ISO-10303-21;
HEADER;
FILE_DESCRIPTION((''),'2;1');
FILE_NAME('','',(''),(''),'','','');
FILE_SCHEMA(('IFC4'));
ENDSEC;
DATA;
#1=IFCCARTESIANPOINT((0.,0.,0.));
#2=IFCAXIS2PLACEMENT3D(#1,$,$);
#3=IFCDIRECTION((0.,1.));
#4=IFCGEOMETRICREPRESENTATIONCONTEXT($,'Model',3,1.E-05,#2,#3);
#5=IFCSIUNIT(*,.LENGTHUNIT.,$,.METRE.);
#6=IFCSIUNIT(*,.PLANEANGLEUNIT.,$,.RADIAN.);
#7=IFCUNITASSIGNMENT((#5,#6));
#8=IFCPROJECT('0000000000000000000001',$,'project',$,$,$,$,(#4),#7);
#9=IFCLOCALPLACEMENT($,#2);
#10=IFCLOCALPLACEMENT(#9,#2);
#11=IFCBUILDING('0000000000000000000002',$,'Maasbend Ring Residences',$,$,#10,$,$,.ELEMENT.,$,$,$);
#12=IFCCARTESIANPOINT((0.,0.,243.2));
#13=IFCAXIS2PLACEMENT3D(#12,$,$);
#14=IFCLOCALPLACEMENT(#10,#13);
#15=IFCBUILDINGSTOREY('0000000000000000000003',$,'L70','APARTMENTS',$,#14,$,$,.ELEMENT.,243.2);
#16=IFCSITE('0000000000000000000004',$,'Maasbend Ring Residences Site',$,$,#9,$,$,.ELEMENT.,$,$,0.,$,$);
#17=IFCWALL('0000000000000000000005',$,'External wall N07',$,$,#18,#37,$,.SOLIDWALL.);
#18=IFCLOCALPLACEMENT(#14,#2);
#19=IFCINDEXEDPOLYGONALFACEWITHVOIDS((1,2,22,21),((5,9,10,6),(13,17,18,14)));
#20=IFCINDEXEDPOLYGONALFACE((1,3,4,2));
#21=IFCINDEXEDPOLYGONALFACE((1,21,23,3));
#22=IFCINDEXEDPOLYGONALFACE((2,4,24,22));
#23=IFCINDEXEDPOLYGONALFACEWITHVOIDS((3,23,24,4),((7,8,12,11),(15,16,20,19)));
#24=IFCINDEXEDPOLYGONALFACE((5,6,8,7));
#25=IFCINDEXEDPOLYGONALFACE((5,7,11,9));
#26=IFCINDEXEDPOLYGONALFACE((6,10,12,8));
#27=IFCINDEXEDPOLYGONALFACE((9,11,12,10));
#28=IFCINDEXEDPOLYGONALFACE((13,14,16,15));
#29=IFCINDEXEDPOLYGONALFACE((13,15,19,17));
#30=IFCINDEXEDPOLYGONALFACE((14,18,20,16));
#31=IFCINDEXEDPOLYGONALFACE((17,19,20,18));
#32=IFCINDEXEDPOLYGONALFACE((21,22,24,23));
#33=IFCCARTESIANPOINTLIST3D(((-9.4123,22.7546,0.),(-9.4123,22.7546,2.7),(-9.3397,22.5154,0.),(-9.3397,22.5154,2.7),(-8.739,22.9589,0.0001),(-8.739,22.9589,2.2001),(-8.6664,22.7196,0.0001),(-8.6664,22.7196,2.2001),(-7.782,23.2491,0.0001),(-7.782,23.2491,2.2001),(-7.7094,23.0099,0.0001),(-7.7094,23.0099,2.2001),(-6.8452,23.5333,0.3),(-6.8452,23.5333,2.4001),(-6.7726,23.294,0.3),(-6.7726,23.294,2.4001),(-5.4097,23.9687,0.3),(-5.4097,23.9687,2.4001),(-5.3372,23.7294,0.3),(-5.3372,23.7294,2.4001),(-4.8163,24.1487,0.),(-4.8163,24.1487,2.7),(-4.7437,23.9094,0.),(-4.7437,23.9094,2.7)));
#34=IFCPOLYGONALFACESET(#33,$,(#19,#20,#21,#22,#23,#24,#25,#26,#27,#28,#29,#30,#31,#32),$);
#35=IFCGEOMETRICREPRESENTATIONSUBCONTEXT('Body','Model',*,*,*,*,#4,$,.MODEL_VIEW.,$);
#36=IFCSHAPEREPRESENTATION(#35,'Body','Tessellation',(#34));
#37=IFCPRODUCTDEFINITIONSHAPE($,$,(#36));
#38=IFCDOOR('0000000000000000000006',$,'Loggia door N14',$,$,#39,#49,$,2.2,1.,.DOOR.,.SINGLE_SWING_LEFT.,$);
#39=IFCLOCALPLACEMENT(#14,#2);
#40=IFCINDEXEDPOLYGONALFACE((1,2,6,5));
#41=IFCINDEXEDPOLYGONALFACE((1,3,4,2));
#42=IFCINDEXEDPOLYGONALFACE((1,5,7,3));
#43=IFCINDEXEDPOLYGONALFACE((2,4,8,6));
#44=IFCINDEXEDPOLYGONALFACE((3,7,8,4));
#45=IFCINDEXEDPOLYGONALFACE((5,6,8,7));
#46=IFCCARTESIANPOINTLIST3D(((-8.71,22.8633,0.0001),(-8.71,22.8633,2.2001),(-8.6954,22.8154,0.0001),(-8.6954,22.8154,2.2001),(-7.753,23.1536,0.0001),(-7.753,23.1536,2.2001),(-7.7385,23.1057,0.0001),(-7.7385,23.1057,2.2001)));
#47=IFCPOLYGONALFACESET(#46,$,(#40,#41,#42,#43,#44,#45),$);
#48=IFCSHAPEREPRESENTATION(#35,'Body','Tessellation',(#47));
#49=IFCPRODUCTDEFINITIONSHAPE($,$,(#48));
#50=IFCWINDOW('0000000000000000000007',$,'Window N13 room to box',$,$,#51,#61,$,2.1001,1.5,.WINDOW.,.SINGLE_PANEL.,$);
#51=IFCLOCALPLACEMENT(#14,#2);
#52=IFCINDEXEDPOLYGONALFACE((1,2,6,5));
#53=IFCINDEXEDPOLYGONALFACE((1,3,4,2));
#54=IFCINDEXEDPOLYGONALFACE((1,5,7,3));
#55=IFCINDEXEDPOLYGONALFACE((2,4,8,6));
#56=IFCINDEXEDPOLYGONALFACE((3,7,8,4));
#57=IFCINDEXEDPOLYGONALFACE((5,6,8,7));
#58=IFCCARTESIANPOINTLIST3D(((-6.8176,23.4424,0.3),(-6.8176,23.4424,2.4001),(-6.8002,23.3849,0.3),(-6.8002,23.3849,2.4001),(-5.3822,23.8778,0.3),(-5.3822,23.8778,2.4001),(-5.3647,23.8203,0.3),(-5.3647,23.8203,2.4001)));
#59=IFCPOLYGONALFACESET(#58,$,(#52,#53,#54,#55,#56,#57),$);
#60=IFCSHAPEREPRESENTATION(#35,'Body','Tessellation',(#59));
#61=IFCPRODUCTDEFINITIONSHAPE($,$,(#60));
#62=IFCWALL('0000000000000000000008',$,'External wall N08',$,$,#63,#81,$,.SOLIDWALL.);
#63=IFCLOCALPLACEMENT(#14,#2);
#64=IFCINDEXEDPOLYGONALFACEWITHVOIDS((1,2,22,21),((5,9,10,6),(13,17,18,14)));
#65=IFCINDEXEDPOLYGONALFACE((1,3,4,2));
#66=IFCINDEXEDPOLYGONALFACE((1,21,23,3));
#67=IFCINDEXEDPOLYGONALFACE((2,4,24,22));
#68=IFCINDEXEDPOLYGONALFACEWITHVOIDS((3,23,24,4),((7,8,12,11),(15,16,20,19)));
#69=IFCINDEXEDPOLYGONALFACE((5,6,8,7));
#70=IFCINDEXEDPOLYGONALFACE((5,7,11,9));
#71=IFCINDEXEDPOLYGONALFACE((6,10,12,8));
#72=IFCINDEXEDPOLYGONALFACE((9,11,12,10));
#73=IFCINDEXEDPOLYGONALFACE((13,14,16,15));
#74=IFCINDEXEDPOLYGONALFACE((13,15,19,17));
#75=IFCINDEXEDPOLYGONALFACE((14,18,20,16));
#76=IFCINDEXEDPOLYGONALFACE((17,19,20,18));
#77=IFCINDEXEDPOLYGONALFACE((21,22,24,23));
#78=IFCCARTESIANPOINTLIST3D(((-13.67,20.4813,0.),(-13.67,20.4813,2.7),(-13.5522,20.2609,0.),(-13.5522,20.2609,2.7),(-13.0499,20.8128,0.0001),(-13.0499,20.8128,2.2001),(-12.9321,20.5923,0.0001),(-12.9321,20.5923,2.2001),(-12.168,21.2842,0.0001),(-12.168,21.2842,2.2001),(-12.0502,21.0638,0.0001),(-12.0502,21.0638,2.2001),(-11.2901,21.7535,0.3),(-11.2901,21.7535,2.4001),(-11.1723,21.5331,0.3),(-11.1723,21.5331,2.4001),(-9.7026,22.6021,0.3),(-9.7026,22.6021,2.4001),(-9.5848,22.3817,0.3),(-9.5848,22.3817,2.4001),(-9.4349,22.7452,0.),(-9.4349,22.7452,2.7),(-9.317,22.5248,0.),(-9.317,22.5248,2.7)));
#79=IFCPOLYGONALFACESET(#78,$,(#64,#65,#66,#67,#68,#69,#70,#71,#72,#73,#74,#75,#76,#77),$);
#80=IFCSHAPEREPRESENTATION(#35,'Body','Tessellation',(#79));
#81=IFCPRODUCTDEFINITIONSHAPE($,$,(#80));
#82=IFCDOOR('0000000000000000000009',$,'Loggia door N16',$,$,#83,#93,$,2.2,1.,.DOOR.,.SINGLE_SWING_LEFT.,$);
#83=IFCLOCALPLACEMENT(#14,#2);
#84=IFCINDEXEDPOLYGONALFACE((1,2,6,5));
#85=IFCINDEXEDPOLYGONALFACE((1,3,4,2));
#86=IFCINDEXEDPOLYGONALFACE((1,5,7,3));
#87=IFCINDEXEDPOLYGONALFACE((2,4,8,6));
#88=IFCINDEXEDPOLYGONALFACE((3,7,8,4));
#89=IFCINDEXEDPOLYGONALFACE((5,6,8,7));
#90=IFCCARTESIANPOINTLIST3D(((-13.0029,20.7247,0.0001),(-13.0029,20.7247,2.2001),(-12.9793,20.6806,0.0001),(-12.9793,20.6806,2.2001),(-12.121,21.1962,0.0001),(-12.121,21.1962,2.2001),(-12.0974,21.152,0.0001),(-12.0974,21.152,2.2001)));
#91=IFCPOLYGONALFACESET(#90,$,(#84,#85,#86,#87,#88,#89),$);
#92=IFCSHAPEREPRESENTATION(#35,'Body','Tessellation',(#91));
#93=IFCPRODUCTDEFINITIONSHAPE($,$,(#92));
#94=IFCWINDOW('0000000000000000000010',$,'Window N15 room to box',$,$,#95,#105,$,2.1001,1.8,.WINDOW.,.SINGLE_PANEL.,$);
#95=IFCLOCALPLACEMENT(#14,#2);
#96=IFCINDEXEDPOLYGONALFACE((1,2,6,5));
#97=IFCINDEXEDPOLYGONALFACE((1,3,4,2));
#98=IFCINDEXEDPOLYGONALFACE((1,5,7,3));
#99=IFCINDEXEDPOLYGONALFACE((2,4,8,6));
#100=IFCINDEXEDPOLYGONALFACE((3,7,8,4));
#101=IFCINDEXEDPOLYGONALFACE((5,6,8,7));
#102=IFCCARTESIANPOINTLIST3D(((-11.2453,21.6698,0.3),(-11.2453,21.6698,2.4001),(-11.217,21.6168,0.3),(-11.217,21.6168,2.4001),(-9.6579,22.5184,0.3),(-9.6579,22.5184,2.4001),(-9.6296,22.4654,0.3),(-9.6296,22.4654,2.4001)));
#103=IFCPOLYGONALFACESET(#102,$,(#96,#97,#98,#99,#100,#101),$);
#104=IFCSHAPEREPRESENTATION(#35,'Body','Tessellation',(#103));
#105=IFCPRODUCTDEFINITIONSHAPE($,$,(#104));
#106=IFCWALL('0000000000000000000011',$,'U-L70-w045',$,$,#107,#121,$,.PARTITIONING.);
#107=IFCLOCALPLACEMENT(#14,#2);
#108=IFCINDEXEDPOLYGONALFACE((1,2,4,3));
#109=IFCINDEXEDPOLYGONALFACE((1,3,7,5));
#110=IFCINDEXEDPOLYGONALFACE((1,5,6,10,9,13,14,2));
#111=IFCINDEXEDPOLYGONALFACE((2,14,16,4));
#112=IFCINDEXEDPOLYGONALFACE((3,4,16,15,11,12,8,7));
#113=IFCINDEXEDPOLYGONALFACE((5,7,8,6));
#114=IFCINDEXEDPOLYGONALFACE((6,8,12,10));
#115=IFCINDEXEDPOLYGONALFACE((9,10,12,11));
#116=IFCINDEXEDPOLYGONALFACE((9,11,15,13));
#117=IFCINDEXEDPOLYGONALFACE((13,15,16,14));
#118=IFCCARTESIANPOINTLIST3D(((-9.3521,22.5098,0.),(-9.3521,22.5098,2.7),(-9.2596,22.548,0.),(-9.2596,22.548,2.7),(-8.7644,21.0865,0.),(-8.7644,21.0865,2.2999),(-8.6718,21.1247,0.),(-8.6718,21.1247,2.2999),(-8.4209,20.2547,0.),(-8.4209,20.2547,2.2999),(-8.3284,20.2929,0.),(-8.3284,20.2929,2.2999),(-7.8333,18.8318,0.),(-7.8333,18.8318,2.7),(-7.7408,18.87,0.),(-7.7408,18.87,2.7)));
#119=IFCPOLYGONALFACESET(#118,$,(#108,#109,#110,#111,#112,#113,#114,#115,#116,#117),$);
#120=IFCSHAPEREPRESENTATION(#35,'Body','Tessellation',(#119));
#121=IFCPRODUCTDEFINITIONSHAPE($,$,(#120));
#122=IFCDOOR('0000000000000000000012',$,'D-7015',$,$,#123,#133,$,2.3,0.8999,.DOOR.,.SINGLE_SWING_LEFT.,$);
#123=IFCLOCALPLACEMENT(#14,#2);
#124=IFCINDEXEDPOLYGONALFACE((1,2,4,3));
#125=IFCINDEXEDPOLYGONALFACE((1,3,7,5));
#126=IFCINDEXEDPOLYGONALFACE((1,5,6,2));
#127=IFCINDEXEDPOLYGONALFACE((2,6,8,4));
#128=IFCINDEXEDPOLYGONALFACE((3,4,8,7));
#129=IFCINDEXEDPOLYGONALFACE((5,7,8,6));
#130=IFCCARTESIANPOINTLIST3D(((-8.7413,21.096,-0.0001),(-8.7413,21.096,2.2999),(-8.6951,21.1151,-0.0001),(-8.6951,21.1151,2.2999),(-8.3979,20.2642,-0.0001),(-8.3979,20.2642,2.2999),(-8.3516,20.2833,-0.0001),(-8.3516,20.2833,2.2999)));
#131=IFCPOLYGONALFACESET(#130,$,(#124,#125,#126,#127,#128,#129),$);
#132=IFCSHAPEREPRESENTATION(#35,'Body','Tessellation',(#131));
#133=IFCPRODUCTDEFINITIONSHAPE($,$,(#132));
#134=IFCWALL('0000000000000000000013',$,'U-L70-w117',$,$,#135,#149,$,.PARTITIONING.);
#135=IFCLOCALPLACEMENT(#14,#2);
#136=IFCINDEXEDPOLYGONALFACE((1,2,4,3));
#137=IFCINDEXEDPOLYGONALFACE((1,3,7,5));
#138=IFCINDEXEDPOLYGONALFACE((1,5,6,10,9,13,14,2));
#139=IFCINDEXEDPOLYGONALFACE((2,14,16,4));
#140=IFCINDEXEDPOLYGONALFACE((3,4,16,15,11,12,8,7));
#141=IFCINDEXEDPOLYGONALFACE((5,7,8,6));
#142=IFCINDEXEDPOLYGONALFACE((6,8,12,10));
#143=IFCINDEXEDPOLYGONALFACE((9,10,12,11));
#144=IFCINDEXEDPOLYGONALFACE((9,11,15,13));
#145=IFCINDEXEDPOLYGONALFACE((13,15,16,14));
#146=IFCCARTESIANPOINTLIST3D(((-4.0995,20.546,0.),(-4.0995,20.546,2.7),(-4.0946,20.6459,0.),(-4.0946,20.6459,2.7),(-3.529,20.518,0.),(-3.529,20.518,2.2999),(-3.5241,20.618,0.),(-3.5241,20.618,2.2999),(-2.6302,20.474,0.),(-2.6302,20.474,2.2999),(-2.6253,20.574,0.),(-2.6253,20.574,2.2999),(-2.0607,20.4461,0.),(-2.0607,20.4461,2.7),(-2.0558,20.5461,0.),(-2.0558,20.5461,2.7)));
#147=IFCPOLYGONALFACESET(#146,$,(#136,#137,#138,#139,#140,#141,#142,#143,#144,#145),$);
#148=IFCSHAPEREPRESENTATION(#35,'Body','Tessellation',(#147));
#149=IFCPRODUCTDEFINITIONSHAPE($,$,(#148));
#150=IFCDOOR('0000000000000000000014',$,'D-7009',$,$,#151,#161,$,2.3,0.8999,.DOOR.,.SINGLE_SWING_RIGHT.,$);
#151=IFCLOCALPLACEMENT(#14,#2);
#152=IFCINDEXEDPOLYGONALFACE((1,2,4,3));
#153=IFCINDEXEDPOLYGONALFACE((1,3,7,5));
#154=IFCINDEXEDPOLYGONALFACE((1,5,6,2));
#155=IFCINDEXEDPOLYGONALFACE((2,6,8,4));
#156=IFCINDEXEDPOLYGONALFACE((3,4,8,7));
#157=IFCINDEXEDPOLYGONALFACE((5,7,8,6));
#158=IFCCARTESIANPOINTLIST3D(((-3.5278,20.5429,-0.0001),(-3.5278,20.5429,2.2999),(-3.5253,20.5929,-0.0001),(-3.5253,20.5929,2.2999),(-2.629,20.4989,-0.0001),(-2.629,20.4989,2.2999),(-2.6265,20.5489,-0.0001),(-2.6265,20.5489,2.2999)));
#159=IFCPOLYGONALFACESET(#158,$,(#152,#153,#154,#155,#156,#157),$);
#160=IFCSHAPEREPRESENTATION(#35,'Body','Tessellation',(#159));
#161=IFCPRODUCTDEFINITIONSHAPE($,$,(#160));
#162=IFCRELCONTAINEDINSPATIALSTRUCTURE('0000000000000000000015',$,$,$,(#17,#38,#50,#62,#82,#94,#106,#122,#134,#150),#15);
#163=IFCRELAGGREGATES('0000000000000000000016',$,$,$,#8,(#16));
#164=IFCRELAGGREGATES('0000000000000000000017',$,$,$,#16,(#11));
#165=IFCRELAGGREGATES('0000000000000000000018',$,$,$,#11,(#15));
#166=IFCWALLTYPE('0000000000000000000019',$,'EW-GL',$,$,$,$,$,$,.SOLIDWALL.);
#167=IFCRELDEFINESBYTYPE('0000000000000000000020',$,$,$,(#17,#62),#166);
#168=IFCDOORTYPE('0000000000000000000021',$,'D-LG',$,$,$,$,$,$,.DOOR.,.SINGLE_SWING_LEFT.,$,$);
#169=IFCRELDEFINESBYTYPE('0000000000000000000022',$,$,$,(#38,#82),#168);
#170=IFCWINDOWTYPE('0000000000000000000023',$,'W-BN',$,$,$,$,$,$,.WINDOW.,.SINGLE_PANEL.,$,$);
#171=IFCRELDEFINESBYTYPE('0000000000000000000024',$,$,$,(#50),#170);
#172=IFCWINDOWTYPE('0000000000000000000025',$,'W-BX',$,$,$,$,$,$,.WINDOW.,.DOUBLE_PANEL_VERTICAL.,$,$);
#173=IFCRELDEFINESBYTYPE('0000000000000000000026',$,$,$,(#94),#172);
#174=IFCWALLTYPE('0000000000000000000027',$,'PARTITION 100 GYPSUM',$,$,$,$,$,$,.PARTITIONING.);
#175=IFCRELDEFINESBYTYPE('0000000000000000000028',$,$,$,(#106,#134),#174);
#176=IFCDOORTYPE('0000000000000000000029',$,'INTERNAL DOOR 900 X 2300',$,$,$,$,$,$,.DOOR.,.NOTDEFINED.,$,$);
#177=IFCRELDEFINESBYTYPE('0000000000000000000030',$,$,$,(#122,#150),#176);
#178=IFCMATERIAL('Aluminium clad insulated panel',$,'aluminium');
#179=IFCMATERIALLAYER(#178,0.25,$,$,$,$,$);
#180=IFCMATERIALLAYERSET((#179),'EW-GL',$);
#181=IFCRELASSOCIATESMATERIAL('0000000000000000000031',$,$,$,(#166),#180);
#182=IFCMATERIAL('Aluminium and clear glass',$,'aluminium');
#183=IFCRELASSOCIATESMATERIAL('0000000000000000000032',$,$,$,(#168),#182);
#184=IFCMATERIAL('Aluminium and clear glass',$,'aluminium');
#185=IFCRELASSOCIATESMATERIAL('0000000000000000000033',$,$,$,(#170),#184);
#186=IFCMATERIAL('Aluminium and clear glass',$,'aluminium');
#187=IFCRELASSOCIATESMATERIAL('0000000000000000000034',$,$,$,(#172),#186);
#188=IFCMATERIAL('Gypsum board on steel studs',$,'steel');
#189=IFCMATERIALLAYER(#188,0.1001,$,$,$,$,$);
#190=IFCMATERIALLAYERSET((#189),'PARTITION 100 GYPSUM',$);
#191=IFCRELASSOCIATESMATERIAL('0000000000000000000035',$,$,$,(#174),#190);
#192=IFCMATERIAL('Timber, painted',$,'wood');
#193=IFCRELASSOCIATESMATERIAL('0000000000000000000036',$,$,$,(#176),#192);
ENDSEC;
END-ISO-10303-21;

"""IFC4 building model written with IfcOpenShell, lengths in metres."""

from ifc_helpers import new_model, si_unit, direction, frame, frame_2d, origin, place, context, subcontext, project, spatial, rectangle, extrude, material, layer, layer_set, type_object, element, fill, save


model = new_model("IFC4")

# Units and contexts
model_context = context("Model", 3, precision=1e-05, world=origin(), true_north=direction((0.0, 1.0)))
body_context = subcontext(model_context, "Body", "Model", "MODEL_VIEW")
ifc_project = project(units=[si_unit("LENGTHUNIT", "METRE"), si_unit("PLANEANGLEUNIT", "RADIAN")], contexts=[model_context])

# Site, building, storey
site_placement = place(None, origin())
site = spatial("IfcSite", under=ifc_project, at=site_placement, Name="Maasbend Ring Residences Site", CompositionType="ELEMENT", RefElevation=0.0)
building_placement = place(site_placement, origin())
building = spatial("IfcBuilding", under=site, at=building_placement, Name="Maasbend Ring Residences", CompositionType="ELEMENT")
storey_placement = place(building_placement, frame((0.0, 0.0, 243.2)))
storey = spatial("IfcBuildingStorey", under=building, at=storey_placement, Name="L70", Description="APARTMENTS", CompositionType="ELEMENT", Elevation=243.2)

# Walls, openings, doors, windows
ifc_material_1 = material(Name="Aluminium clad insulated panel", Category="aluminium")
ifc_layer_1 = layer(ifc_material_1, 0.25)
ifc_layer_set_1 = layer_set([ifc_layer_1], Name="EW-GL")
wall_type_1 = type_object("IfcWallType", Name="EW-GL", PredefinedType="SOLIDWALL", material=ifc_layer_set_1)
wall_1_placement = place(storey_placement, frame((-4.78, 24.0291, 0.0), z_axis=(0.0, 0.0, 1.0), x_axis=(-0.956947, -0.290261, 0.0)))
wall_1 = element("IfcWall", 1, at=wall_1_placement, inside=storey, type_object=wall_type_1, Name="External wall N07", PredefinedType="SOLIDWALL", context=body_context, shape_type="SweptSolid", body=[
    extrude(rectangle(XDim=4.8027, YDim=0.25, at=frame_2d((2.4014, 0.0))), origin(), (0.0, 0.0, 1.0), 2.7),
])
opening_1_placement = place(wall_1_placement, frame((0.6201, 0.0, 0.3)))
opening_1 = element("IfcOpeningElement", 2, at=opening_1_placement, cuts=wall_1, PredefinedType="OPENING", context=body_context, shape_type="SweptSolid", body=[
    extrude(rectangle(XDim=1.5, YDim=2.1001, at=frame_2d((0.75, 1.05))), frame((0.0, 0.135, 0.0), z_axis=(0.0, -1.0, 0.0), x_axis=(1.0, 0.0, 0.0)), (0.0, 0.0, 1.0), 0.27),
])
opening_2_placement = place(wall_1_placement, frame((3.0991, 0.0, 0.0)))
opening_2 = element("IfcOpeningElement", 3, at=opening_2_placement, cuts=wall_1, PredefinedType="OPENING", context=body_context, shape_type="SweptSolid", body=[
    extrude(rectangle(XDim=1.0, YDim=2.2, at=frame_2d((0.5, 1.1001))), frame((0.0, 0.135, 0.0), z_axis=(0.0, -1.0, 0.0), x_axis=(1.0, 0.0, 0.0)), (0.0, 0.0, 1.0), 0.27),
])
ifc_material_2 = material(Name="Aluminium and clear glass", Category="aluminium")
door_type_1 = type_object("IfcDoorType", Name="D-LG", OperationType="SINGLE_SWING_LEFT", PredefinedType="DOOR", material=ifc_material_2)
door_1_placement = place(opening_2_placement, origin())
door_1 = element("IfcDoor", 4, at=door_1_placement, inside=storey, type_object=door_type_1, Name="Loggia door N14", OperationType="SINGLE_SWING_LEFT", OverallHeight=2.2, OverallWidth=1.0, PredefinedType="DOOR", context=body_context, shape_type="SweptSolid", body=[
    extrude(rectangle(XDim=1.0, YDim=2.2, at=frame_2d((0.5, 1.1001))), frame((0.0, 0.0249, 0.0), z_axis=(0.0, -1.0, 0.0), x_axis=(1.0, 0.0, 0.0)), (0.0, 0.0, 1.0), 0.05),
])
fill(opening_2, door_1)
ifc_material_3 = material(Name="Aluminium and clear glass", Category="aluminium")
window_type_1 = type_object("IfcWindowType", Name="W-BN", PartitioningType="SINGLE_PANEL", PredefinedType="WINDOW", material=ifc_material_3)
window_1_placement = place(opening_1_placement, origin())
window_1 = element("IfcWindow", 5, at=window_1_placement, inside=storey, type_object=window_type_1, Name="Window N13 room to box", OverallHeight=2.1001, OverallWidth=1.5, PartitioningType="SINGLE_PANEL", PredefinedType="WINDOW", context=body_context, shape_type="SweptSolid", body=[
    extrude(rectangle(XDim=1.5, YDim=2.1001, at=frame_2d((0.75, 1.05))), frame((0.0, 0.03, 0.0), z_axis=(0.0, -1.0, 0.0), x_axis=(1.0, 0.0, 0.0)), (0.0, 0.0, 1.0), 0.0601),
])
fill(opening_1, window_1)
wall_2_placement = place(storey_placement, frame((-9.376, 22.635, 0.0), z_axis=(0.0, 0.0, 1.0), x_axis=(-0.881904, -0.47143, 0.0)))
wall_2 = element("IfcWall", 6, at=wall_2_placement, inside=storey, type_object=wall_type_1, Name="External wall N08", PredefinedType="SOLIDWALL", context=body_context, shape_type="SweptSolid", body=[
    extrude(rectangle(XDim=4.8022, YDim=0.25, at=frame_2d((2.4011, 0.0))), origin(), (0.0, 0.0, 1.0), 2.7),
])
opening_3_placement = place(wall_2_placement, frame((0.3037, 0.0, 0.3)))
opening_3 = element("IfcOpeningElement", 7, at=opening_3_placement, cuts=wall_2, PredefinedType="OPENING", context=body_context, shape_type="SweptSolid", body=[
    extrude(rectangle(XDim=1.8, YDim=2.1001, at=frame_2d((0.8999, 1.05))), frame((0.0, 0.135, 0.0), z_axis=(0.0, -1.0, 0.0), x_axis=(1.0, 0.0, 0.0)), (0.0, 0.0, 1.0), 0.27),
])
opening_4_placement = place(wall_2_placement, frame((3.0991, 0.0, 0.0)))
opening_4 = element("IfcOpeningElement", 8, at=opening_4_placement, cuts=wall_2, PredefinedType="OPENING", context=body_context, shape_type="SweptSolid", body=[
    extrude(rectangle(XDim=1.0, YDim=2.2, at=frame_2d((0.5, 1.1001))), frame((0.0, 0.135, 0.0), z_axis=(0.0, -1.0, 0.0), x_axis=(1.0, 0.0, 0.0)), (0.0, 0.0, 1.0), 0.27),
])
door_2_placement = place(opening_4_placement, origin())
door_2 = element("IfcDoor", 9, at=door_2_placement, inside=storey, type_object=door_type_1, Name="Loggia door N16", OperationType="SINGLE_SWING_LEFT", OverallHeight=2.2, OverallWidth=1.0, PredefinedType="DOOR", context=body_context, shape_type="SweptSolid", body=[
    extrude(rectangle(XDim=1.0, YDim=2.2, at=frame_2d((0.5, 1.1001))), frame((0.0, 0.0249, 0.0), z_axis=(0.0, -1.0, 0.0), x_axis=(1.0, 0.0, 0.0)), (0.0, 0.0, 1.0), 0.05),
])
fill(opening_4, door_2)
ifc_material_4 = material(Name="Aluminium and clear glass", Category="aluminium")
window_type_2 = type_object("IfcWindowType", Name="W-BX", PartitioningType="DOUBLE_PANEL_VERTICAL", PredefinedType="WINDOW", material=ifc_material_4)
window_2_placement = place(opening_3_placement, origin())
window_2 = element("IfcWindow", 10, at=window_2_placement, inside=storey, type_object=window_type_2, Name="Window N15 room to box", OverallHeight=2.1001, OverallWidth=1.8, PartitioningType="SINGLE_PANEL", PredefinedType="WINDOW", context=body_context, shape_type="SweptSolid", body=[
    extrude(rectangle(XDim=1.8, YDim=2.1001, at=frame_2d((0.8999, 1.05))), frame((0.0, 0.03, 0.0), z_axis=(0.0, -1.0, 0.0), x_axis=(1.0, 0.0, 0.0)), (0.0, 0.0, 1.0), 0.0601),
])
fill(opening_3, window_2)

# Walls, openings, doors
ifc_material_5 = material(Name="Gypsum board on steel studs", Category="steel")
ifc_layer_2 = layer(ifc_material_5, 0.1001)
ifc_layer_set_2 = layer_set([ifc_layer_2], Name="PARTITION 100 GYPSUM")
wall_type_2 = type_object("IfcWallType", Name="PARTITION 100 GYPSUM", PredefinedType="PARTITIONING", material=ifc_layer_set_2)
wall_3_placement = place(storey_placement, frame((-9.3059, 22.5291, 0.0), z_axis=(0.0, 0.0, 1.0), x_axis=(0.381682, -0.924294, 0.0)))
wall_3 = element("IfcWall", 11, at=wall_3_placement, inside=storey, type_object=wall_type_2, Name="U-L70-w045", PredefinedType="PARTITIONING", context=body_context, shape_type="SweptSolid", body=[
    extrude(rectangle(XDim=3.9792, YDim=0.1001, at=frame_2d((1.9897, 0.0))), origin(), (0.0, 0.0, 1.0), 2.7),
])
opening_5_placement = place(wall_3_placement, frame((1.54, 0.0, 0.0)))
opening_5 = element("IfcOpeningElement", 12, at=opening_5_placement, cuts=wall_3, PredefinedType="OPENING", context=body_context, shape_type="SweptSolid", body=[
    extrude(rectangle(XDim=0.8999, YDim=2.3, at=frame_2d((0.45, 1.1499))), frame((0.0, 0.0601, 0.0), z_axis=(0.0, -1.0, 0.0), x_axis=(1.0, 0.0, 0.0)), (0.0, 0.0, 1.0), 0.1201),
])
ifc_material_6 = material(Name="Timber, painted", Category="wood")
door_type_2 = type_object("IfcDoorType", Name="INTERNAL DOOR 900 X 2300", OperationType="NOTDEFINED", PredefinedType="DOOR", material=ifc_material_6)
door_3_placement = place(opening_5_placement, origin())
door_3 = element("IfcDoor", 13, at=door_3_placement, inside=storey, type_object=door_type_2, Name="D-7015", OperationType="SINGLE_SWING_LEFT", OverallHeight=2.3, OverallWidth=0.8999, PredefinedType="DOOR", context=body_context, shape_type="SweptSolid", body=[
    extrude(rectangle(XDim=0.8999, YDim=2.3, at=frame_2d((0.45, 1.1499))), frame((0.0, 0.0249, 0.0), z_axis=(0.0, -1.0, 0.0), x_axis=(1.0, 0.0, 0.0)), (0.0, 0.0, 1.0), 0.05),
])
fill(opening_5, door_3)
wall_4_placement = place(storey_placement, frame((-4.0969, 20.5959, 0.0), z_axis=(0.0, 0.0, 1.0), x_axis=(0.998803, -0.048918, 0.0)))
wall_4 = element("IfcWall", 14, at=wall_4_placement, inside=storey, type_object=wall_type_2, Name="U-L70-w117", PredefinedType="PARTITIONING", context=body_context, shape_type="SweptSolid", body=[
    extrude(rectangle(XDim=2.0413, YDim=0.1001, at=frame_2d((1.0205, 0.0))), origin(), (0.0, 0.0, 1.0), 2.7),
])
opening_6_placement = place(wall_4_placement, frame((0.571, 0.0, 0.0)))
opening_6 = element("IfcOpeningElement", 15, at=opening_6_placement, cuts=wall_4, PredefinedType="OPENING", context=body_context, shape_type="SweptSolid", body=[
    extrude(rectangle(XDim=0.8999, YDim=2.3, at=frame_2d((0.45, 1.1499))), frame((0.0, 0.0601, 0.0), z_axis=(0.0, -1.0, 0.0), x_axis=(1.0, 0.0, 0.0)), (0.0, 0.0, 1.0), 0.1201),
])
door_4_placement = place(opening_6_placement, origin())
door_4 = element("IfcDoor", 16, at=door_4_placement, inside=storey, type_object=door_type_2, Name="D-7009", OperationType="SINGLE_SWING_RIGHT", OverallHeight=2.3, OverallWidth=0.8999, PredefinedType="DOOR", context=body_context, shape_type="SweptSolid", body=[
    extrude(rectangle(XDim=0.8999, YDim=2.3, at=frame_2d((0.45, 1.1499))), frame((0.0, 0.0249, 0.0), z_axis=(0.0, -1.0, 0.0), x_axis=(1.0, 0.0, 0.0)), (0.0, 0.0, 1.0), 0.05),
])
fill(opening_6, door_4)

save(model, "model.ifc")
